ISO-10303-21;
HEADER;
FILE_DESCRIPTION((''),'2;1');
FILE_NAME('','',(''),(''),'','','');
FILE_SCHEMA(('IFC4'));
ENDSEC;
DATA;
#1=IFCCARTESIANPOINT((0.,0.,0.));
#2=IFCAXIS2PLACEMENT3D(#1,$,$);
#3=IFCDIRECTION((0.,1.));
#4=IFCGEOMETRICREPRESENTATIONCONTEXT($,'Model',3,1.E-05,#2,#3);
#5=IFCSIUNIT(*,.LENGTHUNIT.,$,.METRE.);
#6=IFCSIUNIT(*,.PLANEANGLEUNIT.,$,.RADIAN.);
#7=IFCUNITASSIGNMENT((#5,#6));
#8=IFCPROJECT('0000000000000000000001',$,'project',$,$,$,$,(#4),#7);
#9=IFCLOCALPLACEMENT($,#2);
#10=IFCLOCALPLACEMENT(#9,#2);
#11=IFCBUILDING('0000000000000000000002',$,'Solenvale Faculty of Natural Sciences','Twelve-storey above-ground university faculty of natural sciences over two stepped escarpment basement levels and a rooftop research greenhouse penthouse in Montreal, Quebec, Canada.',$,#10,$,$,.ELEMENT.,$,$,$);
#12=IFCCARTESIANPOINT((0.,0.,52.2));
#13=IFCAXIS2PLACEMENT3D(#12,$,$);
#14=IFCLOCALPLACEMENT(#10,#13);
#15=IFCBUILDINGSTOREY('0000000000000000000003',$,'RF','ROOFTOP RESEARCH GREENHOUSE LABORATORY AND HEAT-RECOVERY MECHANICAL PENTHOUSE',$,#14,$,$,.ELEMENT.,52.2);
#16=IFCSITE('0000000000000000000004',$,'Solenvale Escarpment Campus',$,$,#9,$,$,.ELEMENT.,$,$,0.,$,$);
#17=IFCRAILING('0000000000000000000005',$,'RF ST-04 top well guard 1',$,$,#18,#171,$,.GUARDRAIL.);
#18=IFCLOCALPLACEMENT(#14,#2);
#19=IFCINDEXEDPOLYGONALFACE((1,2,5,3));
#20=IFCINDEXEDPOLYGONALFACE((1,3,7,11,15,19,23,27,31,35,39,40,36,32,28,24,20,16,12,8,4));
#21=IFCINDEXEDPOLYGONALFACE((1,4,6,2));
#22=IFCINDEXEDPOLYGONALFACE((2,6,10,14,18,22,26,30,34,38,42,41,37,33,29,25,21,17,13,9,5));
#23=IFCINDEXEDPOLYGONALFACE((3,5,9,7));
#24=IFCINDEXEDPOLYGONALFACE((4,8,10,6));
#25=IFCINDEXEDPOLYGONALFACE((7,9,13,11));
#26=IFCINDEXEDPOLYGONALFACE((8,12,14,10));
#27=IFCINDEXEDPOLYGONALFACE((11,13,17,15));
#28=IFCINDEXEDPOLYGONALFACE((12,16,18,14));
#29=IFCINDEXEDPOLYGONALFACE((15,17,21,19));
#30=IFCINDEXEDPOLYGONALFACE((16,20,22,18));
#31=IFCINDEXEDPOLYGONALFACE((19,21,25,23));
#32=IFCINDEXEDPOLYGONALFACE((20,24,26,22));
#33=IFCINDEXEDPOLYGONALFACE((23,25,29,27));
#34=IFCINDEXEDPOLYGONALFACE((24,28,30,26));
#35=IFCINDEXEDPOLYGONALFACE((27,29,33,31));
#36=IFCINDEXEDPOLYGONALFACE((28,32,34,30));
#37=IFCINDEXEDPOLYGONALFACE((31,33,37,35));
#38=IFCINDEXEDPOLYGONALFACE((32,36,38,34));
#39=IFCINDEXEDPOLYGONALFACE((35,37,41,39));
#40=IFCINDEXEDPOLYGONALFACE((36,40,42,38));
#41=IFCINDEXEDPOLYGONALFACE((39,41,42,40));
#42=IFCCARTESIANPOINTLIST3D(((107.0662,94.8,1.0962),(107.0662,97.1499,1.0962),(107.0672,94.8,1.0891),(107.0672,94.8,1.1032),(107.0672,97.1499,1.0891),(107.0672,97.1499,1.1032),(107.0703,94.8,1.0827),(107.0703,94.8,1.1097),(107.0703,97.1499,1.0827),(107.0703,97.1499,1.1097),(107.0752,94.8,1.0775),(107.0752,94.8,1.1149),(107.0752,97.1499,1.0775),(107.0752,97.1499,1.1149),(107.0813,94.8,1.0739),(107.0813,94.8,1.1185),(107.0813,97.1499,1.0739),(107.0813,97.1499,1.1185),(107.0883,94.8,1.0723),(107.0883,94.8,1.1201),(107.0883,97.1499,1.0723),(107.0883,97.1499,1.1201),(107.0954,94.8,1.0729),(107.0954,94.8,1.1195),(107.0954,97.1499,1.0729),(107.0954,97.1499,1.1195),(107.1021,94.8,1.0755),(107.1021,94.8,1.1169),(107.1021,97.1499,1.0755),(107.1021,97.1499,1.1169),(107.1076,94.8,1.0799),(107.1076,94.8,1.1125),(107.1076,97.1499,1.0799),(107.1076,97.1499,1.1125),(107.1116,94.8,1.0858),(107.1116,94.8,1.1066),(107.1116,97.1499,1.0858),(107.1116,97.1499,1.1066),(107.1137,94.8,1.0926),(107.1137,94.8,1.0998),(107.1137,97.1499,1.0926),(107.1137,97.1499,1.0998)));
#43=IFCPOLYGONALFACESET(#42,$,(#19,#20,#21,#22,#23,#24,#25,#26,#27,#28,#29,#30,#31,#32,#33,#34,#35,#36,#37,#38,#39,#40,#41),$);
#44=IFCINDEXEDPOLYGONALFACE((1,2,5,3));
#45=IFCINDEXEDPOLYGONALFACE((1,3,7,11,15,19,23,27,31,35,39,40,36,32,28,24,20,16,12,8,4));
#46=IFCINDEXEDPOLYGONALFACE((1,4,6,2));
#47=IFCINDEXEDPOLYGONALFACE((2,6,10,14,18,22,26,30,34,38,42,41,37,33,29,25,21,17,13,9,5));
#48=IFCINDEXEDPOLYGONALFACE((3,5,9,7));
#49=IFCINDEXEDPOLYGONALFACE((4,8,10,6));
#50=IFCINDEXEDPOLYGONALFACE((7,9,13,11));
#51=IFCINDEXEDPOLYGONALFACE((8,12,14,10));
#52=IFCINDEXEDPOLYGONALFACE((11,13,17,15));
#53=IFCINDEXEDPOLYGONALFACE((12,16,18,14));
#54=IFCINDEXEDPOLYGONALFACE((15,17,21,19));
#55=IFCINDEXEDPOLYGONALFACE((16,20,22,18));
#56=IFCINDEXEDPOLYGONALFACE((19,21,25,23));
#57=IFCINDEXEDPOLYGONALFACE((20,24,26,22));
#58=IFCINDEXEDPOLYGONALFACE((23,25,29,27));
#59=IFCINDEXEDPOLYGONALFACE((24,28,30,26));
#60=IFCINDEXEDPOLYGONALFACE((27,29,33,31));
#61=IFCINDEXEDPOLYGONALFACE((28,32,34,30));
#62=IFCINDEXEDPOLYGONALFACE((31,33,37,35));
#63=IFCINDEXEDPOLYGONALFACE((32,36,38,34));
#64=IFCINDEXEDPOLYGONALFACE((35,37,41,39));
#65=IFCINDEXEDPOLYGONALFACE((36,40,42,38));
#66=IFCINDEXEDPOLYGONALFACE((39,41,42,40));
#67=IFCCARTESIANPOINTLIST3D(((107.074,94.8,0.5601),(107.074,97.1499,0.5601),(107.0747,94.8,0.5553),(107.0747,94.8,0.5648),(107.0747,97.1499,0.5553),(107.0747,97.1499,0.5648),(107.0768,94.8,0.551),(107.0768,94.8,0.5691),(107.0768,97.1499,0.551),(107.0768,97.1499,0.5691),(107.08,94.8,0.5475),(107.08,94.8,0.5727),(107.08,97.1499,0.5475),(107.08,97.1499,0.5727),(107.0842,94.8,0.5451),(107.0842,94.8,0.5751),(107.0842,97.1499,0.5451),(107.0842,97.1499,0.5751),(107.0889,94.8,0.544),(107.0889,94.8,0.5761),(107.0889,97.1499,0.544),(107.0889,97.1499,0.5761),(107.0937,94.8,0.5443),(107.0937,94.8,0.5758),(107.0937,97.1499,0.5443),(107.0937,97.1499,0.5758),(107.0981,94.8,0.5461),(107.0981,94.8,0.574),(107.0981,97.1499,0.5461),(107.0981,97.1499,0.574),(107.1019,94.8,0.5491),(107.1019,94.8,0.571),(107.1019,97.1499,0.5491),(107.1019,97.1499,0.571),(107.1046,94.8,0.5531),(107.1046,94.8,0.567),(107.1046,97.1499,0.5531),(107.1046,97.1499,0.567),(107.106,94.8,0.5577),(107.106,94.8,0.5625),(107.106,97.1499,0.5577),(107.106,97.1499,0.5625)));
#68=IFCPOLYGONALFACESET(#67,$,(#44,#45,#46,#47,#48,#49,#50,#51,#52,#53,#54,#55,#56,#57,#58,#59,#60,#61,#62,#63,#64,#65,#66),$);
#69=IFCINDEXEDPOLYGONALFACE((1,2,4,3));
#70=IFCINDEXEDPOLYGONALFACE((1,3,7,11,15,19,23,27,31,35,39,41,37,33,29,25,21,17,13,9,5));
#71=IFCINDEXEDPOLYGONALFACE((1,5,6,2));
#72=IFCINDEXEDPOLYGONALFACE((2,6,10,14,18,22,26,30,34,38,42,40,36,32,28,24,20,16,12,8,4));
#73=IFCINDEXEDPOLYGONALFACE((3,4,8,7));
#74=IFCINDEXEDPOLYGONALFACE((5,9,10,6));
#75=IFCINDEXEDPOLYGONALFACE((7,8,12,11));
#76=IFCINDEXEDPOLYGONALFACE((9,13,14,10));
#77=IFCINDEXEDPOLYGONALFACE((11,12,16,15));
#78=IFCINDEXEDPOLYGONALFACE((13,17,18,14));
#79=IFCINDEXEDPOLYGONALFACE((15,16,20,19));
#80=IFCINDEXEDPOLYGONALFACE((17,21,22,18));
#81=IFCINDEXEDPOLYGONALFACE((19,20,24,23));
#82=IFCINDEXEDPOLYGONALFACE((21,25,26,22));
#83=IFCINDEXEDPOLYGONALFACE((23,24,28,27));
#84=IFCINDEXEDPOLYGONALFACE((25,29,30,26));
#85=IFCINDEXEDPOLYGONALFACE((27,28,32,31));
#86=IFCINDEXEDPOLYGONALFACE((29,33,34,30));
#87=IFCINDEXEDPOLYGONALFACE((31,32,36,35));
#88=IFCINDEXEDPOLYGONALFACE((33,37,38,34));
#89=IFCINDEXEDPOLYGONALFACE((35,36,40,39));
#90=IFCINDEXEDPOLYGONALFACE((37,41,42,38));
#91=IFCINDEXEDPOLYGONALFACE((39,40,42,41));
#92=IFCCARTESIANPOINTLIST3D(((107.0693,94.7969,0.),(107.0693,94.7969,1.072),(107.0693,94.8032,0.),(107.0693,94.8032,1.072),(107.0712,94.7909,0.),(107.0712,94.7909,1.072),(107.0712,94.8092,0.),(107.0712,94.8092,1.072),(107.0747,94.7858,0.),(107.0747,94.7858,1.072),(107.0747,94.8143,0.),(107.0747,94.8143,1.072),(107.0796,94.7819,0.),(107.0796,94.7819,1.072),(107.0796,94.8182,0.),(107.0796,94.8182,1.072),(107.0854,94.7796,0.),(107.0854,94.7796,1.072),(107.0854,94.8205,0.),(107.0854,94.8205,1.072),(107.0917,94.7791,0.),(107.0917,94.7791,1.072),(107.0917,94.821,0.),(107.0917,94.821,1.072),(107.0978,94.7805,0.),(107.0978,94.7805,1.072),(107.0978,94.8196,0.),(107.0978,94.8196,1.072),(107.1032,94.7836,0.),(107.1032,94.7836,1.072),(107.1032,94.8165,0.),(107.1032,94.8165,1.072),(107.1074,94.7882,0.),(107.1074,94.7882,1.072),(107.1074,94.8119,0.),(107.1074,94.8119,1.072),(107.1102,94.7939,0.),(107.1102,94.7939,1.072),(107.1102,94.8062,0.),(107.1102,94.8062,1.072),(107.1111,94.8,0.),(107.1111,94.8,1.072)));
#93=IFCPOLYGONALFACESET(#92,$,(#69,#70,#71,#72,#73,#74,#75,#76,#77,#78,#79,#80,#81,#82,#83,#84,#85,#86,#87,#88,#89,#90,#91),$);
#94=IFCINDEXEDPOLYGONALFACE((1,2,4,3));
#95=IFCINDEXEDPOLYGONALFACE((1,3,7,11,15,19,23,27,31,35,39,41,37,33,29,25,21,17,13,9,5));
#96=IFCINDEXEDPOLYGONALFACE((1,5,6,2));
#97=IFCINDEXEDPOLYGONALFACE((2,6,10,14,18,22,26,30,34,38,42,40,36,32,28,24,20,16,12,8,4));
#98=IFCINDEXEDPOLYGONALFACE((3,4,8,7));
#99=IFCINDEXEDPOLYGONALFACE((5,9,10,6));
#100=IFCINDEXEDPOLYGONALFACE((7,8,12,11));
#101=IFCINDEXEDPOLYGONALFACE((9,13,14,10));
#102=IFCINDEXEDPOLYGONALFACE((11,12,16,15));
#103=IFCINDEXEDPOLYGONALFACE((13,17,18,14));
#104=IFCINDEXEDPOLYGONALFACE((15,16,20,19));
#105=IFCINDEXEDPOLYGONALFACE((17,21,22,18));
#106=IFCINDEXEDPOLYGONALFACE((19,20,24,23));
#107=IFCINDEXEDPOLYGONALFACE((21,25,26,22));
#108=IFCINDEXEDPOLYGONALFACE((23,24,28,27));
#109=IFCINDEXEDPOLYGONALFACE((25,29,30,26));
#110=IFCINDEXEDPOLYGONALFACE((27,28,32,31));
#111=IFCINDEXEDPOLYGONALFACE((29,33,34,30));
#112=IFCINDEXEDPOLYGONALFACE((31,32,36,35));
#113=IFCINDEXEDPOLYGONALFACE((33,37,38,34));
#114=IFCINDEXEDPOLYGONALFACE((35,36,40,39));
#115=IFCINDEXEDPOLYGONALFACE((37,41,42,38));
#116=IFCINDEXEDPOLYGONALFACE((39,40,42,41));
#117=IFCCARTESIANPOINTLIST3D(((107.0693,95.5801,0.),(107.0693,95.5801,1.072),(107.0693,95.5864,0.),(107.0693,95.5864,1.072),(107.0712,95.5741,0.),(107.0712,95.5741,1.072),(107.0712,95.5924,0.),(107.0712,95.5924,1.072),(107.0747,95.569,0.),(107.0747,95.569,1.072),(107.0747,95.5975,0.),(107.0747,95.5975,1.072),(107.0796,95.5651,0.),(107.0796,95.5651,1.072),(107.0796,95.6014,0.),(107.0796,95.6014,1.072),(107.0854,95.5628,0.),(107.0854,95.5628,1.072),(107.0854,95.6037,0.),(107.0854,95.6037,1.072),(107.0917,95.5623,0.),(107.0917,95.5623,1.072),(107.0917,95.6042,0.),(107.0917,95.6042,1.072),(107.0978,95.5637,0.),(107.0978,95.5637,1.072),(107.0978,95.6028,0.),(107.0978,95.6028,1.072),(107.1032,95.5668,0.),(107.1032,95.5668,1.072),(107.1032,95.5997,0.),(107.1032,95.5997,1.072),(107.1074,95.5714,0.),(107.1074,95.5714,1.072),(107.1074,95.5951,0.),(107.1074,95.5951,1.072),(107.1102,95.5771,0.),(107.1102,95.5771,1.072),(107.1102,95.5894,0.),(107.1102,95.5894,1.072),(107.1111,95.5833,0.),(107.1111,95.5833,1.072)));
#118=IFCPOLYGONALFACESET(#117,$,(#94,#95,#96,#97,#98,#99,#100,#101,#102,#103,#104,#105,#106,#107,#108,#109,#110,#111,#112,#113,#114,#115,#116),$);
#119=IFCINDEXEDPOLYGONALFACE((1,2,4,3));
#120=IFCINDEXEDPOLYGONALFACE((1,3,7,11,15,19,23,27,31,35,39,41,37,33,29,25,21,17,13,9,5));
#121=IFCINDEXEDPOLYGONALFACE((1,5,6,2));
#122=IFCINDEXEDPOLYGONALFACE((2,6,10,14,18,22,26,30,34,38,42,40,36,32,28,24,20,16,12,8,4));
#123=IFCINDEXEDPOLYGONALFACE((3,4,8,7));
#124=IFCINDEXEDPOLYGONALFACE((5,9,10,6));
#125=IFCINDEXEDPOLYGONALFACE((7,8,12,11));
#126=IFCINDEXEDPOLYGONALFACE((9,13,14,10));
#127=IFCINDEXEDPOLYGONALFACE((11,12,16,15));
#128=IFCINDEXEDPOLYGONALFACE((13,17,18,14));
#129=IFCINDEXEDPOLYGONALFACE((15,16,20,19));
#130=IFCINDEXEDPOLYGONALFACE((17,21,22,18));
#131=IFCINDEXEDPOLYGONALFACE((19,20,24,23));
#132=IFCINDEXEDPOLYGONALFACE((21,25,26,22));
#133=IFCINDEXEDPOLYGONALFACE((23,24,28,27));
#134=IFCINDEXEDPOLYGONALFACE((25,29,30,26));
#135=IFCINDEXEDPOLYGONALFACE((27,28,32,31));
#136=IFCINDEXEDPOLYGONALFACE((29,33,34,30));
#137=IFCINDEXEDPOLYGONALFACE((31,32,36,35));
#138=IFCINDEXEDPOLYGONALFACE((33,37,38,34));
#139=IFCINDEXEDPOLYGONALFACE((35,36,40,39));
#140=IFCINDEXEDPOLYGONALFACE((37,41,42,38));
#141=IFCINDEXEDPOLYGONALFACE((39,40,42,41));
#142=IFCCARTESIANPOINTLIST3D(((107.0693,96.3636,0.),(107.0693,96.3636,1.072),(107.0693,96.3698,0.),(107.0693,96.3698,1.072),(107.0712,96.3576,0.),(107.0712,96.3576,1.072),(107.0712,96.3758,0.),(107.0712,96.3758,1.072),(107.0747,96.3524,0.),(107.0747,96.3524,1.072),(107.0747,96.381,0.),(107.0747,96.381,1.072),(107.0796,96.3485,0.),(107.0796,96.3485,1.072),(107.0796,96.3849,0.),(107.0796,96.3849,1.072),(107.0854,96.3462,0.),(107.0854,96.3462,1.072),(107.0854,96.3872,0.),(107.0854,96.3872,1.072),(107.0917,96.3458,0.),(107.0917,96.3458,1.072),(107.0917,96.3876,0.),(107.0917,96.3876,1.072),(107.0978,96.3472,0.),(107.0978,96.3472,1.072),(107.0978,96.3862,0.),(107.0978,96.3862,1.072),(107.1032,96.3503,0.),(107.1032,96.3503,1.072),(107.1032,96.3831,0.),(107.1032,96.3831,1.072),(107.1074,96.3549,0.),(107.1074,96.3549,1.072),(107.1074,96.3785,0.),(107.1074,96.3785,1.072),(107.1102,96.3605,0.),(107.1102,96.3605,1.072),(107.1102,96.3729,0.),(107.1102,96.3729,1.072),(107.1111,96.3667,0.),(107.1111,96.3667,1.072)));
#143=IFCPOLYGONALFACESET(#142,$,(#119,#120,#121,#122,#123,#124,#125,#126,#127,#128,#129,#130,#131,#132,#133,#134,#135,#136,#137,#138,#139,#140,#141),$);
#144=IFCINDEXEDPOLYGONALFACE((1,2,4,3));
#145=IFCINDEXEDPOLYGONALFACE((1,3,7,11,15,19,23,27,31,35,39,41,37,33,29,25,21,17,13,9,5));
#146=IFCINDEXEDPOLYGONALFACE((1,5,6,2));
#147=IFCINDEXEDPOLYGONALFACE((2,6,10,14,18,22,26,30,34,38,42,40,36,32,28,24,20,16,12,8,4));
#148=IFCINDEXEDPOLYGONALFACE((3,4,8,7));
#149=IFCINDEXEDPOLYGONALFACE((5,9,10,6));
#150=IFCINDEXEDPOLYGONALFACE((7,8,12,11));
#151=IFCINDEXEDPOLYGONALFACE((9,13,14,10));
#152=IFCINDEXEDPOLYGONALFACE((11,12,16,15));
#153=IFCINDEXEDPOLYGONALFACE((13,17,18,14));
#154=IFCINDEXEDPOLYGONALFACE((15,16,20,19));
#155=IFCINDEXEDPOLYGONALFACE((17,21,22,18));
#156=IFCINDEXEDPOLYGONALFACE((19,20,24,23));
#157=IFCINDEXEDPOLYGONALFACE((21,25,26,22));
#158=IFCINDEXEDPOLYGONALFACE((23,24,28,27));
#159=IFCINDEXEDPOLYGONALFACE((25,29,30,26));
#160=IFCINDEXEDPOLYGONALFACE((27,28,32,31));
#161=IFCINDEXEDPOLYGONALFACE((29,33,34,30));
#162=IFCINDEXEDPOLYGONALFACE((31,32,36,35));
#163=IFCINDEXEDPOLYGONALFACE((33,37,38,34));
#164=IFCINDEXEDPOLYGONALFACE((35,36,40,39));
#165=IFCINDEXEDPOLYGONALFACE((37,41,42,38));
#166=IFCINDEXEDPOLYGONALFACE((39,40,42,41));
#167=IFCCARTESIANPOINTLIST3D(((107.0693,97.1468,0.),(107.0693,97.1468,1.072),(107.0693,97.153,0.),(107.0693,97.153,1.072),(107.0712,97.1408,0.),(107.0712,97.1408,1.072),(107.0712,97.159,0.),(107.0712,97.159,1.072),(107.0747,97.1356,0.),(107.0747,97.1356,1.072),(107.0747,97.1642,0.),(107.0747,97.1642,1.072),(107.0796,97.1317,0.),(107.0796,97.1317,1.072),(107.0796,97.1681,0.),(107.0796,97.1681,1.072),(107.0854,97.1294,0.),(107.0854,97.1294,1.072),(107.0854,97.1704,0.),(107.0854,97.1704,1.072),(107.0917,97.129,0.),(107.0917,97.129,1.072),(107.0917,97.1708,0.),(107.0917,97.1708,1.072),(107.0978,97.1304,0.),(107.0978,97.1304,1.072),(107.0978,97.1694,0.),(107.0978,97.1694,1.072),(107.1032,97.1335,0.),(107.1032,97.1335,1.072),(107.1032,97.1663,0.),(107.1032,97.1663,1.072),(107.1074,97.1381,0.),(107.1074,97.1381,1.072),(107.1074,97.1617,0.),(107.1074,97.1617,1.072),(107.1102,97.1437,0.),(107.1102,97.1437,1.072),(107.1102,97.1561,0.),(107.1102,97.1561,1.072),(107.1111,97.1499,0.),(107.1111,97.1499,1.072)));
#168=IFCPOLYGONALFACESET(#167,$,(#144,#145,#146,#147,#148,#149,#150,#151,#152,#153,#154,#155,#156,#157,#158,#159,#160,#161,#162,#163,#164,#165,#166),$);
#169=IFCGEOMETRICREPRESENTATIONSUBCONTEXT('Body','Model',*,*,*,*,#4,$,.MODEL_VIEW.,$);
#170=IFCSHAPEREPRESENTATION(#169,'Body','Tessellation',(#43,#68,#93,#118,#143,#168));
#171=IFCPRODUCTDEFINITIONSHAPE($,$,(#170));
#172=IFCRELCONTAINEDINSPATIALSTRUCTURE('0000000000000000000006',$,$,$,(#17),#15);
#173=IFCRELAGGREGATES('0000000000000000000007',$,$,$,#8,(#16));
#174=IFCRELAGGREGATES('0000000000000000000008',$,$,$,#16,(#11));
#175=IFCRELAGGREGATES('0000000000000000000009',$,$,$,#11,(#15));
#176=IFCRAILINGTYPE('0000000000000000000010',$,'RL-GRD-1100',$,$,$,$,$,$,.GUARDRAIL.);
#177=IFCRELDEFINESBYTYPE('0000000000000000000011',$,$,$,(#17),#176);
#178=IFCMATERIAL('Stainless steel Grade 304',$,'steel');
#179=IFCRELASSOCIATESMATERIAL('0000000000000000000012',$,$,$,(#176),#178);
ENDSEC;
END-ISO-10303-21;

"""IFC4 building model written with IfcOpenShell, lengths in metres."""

from ifc_helpers import new_model, si_unit, direction, frame, origin, origin_2d, place, context, subcontext, project, spatial, circle, extrude, material, type_object, element, save


model = new_model("IFC4")

# Units and contexts
model_context = context("Model", 3, precision=1e-05, world=origin(), true_north=direction((0.0, 1.0)))
body_context = subcontext(model_context, "Body", "Model", "MODEL_VIEW")
ifc_project = project(units=[si_unit("LENGTHUNIT", "METRE"), si_unit("PLANEANGLEUNIT", "RADIAN")], contexts=[model_context])

# Site, building, storey
site_placement = place(None, origin())
site = spatial("IfcSite", under=ifc_project, at=site_placement, Name="Solenvale Escarpment Campus", CompositionType="ELEMENT", RefElevation=0.0)
building_placement = place(site_placement, origin())
building = spatial("IfcBuilding", under=site, at=building_placement, Name="Solenvale Faculty of Natural Sciences", Description="Twelve-storey above-ground university faculty of natural sciences over two stepped escarpment basement levels and a rooftop research greenhouse penthouse in Montreal, Quebec, Canada.", CompositionType="ELEMENT")
storey_placement = place(building_placement, frame((0.0, 0.0, 52.2)))
storey = spatial("IfcBuildingStorey", under=building, at=storey_placement, Name="RF", Description="ROOFTOP RESEARCH GREENHOUSE LABORATORY AND HEAT-RECOVERY MECHANICAL PENTHOUSE", CompositionType="ELEMENT", Elevation=52.2)

# Railing
ifc_material_1 = material(Name="Stainless steel Grade 304", Category="steel")
railing_type = type_object("IfcRailingType", Name="RL-GRD-1100", PredefinedType="GUARDRAIL", material=ifc_material_1)
railing_placement = place(storey_placement, frame((107.0901, 94.8, 0.0)))
element("IfcRailing", 1, at=railing_placement, inside=storey, type_object=railing_type, Name="RF ST-04 top well guard 1", PredefinedType="GUARDRAIL", context=body_context, shape_type="SweptSolid", body=[
    extrude(circle(Radius=0.0239, at=origin_2d()), frame((0.0, 0.0, 1.0962), z_axis=(0.0, 1.0, 0.0), x_axis=(-1.0, 0.0, 0.0)), (0.0, 0.0, 1.0), 2.3499),
    extrude(circle(Radius=0.0161, at=origin_2d()), frame((0.0, 0.0, 0.5601), z_axis=(0.0, 1.0, 0.0), x_axis=(-1.0, 0.0, 0.0)), (0.0, 0.0, 1.0), 2.3499),
    extrude(circle(Radius=0.021, at=origin_2d()), origin(), (0.0, 0.0, 1.0), 1.072),
    extrude(circle(Radius=0.021, at=origin_2d()), frame((0.0, 0.7832, 0.0)), (0.0, 0.0, 1.0), 1.072),
    extrude(circle(Radius=0.021, at=origin_2d()), frame((0.0, 1.5667, 0.0)), (0.0, 0.0, 1.0), 1.072),
    extrude(circle(Radius=0.021, at=origin_2d()), frame((0.0, 2.3499, 0.0)), (0.0, 0.0, 1.0), 1.072),
])

save(model, "model.ifc")
